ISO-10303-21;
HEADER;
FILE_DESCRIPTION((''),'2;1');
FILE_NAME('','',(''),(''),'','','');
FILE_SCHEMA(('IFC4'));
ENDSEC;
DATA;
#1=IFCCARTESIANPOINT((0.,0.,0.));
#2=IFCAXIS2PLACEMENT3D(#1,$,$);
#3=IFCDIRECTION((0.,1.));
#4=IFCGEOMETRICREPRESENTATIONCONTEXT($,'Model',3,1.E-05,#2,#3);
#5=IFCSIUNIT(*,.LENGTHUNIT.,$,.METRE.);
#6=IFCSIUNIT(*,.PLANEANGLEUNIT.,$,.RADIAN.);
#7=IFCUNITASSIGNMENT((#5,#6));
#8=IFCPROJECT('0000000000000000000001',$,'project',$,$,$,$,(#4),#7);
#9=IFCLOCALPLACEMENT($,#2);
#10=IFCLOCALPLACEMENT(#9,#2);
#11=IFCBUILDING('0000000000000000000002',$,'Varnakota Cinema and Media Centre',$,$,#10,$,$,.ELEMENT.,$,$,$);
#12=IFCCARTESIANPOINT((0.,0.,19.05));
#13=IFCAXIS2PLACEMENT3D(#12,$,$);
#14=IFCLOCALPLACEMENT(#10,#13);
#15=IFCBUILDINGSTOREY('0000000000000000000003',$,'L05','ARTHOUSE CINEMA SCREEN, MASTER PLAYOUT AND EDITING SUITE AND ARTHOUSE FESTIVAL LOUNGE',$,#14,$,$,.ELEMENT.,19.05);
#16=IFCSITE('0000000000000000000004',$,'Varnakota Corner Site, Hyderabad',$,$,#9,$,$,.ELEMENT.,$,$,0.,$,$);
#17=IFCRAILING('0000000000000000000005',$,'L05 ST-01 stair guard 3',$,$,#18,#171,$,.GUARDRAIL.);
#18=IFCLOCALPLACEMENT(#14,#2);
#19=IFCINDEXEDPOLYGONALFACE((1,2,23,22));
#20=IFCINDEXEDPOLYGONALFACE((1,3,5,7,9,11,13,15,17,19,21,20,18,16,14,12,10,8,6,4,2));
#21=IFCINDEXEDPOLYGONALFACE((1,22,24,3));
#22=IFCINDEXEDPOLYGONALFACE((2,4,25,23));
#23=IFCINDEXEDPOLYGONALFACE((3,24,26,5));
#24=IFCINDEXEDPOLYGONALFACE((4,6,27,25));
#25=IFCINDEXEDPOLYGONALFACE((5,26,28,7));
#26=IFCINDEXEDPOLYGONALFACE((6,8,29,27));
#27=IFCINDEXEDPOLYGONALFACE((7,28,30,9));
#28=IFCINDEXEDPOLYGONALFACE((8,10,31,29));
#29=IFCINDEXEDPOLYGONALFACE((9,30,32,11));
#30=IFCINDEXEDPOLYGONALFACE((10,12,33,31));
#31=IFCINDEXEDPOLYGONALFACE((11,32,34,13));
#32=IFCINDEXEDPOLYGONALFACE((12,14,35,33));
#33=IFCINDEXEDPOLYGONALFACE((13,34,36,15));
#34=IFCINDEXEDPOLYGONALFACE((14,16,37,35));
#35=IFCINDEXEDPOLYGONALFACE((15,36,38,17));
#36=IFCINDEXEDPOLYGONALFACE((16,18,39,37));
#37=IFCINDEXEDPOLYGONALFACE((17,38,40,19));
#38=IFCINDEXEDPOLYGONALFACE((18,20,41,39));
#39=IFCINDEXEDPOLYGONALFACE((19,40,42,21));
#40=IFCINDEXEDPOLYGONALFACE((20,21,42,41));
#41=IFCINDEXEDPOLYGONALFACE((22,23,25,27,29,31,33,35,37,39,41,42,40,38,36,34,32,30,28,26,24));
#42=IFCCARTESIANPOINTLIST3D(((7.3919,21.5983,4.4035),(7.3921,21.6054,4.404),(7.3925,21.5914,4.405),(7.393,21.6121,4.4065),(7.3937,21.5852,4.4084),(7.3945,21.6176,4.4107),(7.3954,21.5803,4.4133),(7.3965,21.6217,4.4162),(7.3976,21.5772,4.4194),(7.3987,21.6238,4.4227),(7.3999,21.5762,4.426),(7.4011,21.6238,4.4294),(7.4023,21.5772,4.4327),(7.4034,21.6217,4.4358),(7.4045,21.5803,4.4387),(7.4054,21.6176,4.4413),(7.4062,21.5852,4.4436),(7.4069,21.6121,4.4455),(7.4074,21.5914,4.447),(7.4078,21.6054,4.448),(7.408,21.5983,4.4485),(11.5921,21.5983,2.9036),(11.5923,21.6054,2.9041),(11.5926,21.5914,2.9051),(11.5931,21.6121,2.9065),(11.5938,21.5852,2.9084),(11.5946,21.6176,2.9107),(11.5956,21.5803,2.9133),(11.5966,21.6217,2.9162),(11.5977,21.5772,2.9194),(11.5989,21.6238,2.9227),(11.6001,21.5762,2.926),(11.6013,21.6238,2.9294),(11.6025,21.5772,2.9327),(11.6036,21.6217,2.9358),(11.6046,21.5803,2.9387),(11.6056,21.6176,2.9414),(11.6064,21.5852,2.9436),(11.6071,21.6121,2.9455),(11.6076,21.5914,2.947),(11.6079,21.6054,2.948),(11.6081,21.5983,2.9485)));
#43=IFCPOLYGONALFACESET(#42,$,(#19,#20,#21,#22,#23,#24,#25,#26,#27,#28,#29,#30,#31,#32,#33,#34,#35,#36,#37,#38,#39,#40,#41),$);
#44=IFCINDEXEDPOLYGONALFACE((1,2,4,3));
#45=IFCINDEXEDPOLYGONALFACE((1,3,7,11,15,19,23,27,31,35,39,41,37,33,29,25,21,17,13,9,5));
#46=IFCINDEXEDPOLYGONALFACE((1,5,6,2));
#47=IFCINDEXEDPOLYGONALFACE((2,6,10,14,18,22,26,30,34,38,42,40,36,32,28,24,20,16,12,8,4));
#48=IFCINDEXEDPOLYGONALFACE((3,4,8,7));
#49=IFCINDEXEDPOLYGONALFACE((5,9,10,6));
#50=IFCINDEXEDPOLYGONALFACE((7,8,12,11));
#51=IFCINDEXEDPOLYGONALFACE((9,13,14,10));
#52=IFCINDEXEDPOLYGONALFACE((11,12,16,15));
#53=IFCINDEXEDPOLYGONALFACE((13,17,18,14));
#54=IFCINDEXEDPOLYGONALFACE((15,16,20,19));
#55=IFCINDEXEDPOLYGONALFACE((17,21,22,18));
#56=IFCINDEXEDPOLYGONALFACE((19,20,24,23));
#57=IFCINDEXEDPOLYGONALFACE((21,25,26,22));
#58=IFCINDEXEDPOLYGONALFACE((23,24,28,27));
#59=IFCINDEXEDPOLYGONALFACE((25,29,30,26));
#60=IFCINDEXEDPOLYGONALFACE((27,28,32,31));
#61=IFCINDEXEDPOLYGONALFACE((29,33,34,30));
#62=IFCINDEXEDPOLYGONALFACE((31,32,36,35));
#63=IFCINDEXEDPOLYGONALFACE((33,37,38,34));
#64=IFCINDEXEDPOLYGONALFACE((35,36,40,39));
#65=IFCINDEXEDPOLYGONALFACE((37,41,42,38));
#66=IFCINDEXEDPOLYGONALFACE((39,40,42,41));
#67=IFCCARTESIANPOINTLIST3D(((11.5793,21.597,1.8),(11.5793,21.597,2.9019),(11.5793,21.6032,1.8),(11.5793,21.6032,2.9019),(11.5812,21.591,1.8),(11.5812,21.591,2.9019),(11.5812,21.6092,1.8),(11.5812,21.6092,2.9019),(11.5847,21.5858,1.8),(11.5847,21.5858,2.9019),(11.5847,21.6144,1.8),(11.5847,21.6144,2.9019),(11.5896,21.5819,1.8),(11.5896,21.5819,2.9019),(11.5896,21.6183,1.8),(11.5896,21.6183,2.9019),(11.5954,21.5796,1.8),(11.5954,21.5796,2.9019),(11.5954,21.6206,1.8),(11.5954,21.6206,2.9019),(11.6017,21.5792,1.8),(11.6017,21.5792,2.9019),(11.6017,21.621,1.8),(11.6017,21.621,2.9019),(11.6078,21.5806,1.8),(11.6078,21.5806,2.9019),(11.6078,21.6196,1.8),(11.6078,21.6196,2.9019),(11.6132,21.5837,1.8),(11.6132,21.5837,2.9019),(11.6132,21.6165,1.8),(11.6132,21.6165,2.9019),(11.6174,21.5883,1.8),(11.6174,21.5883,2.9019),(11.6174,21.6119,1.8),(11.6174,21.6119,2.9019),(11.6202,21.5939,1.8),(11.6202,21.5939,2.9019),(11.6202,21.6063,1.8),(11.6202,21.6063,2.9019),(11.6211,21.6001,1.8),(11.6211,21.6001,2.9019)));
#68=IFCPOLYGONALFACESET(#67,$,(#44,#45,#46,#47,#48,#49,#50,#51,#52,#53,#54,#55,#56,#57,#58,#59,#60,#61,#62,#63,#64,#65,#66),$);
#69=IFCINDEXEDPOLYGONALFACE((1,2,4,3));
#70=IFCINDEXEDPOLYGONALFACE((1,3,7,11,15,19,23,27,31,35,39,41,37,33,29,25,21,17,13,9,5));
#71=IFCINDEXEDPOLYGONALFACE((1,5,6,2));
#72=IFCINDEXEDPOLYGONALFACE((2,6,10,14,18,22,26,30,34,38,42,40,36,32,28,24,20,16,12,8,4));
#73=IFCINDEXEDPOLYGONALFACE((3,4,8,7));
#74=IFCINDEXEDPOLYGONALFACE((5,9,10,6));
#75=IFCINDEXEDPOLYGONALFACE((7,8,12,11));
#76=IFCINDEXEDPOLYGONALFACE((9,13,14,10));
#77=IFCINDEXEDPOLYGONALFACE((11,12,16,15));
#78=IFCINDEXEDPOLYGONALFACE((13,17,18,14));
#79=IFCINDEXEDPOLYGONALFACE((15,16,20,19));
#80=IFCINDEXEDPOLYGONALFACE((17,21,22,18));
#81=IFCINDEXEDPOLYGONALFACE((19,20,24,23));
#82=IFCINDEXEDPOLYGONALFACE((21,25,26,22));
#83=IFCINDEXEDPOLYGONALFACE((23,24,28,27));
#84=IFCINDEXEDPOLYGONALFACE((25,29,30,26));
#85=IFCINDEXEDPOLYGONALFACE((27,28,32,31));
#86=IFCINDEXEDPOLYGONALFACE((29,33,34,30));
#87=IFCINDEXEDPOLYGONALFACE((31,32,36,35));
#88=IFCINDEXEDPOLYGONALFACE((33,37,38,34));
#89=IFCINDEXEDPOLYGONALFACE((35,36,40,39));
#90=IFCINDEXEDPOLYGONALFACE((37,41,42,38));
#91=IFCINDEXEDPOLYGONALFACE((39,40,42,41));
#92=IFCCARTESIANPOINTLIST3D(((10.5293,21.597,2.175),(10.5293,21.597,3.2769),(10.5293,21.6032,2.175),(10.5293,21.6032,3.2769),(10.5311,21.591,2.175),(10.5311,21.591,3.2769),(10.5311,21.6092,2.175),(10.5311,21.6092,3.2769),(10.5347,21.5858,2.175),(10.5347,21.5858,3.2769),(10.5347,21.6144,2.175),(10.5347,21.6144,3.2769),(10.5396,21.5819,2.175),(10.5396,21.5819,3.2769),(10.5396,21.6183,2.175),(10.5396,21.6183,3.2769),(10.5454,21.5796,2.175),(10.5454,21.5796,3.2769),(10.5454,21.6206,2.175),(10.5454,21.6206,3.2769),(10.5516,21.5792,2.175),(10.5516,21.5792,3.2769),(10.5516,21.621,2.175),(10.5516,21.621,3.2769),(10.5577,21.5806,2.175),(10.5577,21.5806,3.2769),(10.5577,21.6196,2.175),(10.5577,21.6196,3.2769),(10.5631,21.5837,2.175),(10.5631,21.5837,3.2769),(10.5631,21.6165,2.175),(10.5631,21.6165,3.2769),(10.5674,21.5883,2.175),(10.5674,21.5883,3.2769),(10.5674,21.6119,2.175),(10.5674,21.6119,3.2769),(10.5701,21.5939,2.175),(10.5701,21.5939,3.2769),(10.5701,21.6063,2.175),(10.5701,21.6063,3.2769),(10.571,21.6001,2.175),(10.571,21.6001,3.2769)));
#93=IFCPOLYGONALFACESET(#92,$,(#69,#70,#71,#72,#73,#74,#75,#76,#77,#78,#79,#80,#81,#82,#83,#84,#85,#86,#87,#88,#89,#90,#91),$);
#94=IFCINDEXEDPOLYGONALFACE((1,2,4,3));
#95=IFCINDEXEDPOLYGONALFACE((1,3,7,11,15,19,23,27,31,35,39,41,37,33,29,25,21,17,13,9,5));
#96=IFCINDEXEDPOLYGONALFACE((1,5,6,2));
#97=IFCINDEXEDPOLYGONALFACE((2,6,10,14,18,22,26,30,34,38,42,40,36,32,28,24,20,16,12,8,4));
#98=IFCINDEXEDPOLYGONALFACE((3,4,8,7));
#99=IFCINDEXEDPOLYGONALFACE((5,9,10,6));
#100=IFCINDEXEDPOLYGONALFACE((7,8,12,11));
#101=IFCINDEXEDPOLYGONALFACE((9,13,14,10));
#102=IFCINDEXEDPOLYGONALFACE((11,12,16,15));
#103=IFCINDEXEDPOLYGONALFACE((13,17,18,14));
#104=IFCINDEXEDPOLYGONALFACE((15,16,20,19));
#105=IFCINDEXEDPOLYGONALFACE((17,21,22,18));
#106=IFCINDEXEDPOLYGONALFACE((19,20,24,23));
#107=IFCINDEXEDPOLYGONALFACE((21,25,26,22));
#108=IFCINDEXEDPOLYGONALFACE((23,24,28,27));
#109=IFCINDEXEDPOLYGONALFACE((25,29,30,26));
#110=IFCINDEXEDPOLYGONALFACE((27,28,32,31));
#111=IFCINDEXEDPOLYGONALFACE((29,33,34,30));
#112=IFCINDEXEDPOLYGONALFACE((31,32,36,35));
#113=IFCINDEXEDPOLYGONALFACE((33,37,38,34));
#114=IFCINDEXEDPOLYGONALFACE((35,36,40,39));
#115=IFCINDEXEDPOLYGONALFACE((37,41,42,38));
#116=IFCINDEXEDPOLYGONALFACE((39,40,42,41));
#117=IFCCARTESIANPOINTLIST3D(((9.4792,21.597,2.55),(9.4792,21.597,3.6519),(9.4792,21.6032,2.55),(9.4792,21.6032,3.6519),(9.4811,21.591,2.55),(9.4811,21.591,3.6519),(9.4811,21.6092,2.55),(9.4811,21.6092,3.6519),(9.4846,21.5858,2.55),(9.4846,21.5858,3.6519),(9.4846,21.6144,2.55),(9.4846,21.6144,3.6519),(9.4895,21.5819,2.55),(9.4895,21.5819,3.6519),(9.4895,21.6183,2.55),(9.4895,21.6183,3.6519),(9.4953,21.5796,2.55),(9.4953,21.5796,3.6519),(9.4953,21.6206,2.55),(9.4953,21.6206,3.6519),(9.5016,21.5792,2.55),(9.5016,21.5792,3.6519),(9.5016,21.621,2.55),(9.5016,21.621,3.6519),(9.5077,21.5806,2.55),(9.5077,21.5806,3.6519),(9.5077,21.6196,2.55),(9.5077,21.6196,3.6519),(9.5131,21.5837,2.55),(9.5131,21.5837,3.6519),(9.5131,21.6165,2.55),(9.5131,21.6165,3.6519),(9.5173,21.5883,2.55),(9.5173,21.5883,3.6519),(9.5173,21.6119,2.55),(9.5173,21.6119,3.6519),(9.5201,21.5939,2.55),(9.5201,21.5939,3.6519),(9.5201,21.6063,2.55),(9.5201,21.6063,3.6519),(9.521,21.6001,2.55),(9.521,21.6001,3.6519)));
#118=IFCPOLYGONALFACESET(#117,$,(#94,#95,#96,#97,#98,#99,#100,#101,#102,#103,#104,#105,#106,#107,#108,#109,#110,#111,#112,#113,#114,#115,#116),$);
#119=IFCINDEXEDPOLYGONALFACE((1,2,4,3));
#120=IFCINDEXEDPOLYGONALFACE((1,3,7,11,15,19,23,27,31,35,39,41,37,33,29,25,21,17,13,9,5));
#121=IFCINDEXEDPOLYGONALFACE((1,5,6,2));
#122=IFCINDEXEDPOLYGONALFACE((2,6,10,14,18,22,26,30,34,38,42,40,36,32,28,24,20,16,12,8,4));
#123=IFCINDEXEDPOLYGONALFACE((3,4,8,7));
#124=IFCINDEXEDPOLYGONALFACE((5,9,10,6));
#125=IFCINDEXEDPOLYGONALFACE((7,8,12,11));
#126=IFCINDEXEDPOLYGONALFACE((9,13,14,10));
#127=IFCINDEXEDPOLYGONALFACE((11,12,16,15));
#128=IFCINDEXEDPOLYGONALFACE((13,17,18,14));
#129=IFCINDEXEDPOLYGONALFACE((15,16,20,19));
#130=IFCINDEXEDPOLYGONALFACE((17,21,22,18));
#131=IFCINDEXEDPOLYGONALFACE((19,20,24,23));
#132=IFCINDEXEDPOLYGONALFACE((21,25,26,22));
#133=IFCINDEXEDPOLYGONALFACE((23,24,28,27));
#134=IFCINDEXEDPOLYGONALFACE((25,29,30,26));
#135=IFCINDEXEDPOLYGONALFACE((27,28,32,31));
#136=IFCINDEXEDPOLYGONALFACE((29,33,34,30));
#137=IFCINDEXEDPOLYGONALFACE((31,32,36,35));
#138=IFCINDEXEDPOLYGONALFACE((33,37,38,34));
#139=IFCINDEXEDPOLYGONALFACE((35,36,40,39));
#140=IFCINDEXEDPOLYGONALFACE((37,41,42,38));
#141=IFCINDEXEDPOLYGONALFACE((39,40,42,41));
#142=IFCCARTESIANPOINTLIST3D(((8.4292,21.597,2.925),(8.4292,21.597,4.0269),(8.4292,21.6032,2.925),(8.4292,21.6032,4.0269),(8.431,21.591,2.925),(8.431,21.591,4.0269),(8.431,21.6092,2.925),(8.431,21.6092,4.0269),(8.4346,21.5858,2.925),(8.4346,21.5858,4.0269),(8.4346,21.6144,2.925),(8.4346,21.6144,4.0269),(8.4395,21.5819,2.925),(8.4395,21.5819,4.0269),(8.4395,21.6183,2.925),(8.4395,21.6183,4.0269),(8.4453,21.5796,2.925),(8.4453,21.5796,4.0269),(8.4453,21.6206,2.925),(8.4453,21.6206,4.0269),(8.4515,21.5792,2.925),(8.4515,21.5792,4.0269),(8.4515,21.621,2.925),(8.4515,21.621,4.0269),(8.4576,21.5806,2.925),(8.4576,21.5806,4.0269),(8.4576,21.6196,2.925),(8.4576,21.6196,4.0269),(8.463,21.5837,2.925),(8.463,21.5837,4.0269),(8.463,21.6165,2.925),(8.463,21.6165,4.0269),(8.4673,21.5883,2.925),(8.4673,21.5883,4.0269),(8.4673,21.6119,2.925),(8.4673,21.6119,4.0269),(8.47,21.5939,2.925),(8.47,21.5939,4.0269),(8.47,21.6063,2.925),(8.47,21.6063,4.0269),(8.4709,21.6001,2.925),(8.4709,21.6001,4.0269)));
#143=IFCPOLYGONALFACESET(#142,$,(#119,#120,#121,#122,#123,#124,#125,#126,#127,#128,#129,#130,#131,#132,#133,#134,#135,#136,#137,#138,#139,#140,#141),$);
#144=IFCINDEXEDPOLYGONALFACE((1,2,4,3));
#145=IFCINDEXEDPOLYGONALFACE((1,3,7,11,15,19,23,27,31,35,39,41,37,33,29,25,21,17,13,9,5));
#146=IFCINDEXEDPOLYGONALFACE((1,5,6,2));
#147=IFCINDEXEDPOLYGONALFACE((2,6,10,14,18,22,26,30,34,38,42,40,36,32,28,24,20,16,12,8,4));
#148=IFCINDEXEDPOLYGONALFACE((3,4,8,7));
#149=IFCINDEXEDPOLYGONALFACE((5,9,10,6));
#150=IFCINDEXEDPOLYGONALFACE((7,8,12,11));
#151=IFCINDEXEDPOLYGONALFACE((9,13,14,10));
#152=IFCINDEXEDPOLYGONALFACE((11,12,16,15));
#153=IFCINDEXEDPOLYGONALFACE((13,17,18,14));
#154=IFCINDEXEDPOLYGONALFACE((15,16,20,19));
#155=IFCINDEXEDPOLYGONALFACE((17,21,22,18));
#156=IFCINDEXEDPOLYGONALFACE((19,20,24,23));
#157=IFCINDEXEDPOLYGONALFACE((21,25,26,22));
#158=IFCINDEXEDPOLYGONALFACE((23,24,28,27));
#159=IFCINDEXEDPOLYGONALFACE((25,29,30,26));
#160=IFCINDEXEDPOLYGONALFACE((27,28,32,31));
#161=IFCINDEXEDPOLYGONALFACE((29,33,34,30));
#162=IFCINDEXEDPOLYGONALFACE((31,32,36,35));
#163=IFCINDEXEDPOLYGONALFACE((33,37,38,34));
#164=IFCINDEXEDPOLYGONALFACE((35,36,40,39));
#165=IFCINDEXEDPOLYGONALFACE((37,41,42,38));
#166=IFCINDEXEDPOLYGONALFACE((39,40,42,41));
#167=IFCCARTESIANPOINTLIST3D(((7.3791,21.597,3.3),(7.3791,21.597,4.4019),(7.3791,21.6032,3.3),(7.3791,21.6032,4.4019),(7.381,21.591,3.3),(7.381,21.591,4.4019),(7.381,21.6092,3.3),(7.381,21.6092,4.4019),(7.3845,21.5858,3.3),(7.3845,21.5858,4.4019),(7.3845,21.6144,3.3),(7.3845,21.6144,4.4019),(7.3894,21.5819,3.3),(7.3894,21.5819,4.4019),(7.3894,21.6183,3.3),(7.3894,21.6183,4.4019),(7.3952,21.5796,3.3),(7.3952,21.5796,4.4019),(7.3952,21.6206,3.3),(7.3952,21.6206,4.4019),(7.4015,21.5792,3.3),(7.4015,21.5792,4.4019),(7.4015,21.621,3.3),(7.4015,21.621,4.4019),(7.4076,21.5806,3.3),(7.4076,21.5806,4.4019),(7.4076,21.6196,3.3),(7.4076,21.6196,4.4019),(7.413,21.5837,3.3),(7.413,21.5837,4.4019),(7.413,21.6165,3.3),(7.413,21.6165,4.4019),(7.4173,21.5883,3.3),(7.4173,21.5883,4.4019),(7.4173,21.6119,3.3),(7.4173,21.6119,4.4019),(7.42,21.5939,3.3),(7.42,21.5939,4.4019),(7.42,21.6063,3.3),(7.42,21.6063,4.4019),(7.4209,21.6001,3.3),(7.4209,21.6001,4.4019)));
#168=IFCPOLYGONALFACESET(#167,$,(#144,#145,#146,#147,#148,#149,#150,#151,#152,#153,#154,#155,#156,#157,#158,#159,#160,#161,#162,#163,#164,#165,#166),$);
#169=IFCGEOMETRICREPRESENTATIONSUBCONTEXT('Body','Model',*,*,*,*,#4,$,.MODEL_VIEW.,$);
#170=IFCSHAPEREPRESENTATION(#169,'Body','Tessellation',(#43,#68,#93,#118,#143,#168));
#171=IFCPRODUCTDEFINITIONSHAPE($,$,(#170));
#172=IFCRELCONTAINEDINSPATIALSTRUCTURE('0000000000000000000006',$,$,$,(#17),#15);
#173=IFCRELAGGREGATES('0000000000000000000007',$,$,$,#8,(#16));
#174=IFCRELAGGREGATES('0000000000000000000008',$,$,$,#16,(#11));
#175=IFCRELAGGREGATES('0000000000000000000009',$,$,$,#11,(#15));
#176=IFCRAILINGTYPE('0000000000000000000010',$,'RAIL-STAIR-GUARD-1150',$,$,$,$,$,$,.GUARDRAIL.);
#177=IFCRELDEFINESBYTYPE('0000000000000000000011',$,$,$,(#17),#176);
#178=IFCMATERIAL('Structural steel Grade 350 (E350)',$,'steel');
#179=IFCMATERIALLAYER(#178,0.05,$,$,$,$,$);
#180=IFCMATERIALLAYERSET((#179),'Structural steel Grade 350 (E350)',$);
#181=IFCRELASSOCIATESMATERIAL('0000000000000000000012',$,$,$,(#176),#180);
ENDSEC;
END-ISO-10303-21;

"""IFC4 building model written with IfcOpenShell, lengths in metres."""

from ifc_helpers import new_model, si_unit, direction, frame, origin, origin_2d, place, context, subcontext, project, spatial, circle, extrude, material, layer, layer_set, type_object, element, save


model = new_model("IFC4")

# Units and contexts
model_context = context("Model", 3, precision=1e-05, world=origin(), true_north=direction((0.0, 1.0)))
body_context = subcontext(model_context, "Body", "Model", "MODEL_VIEW")
ifc_project = project(units=[si_unit("LENGTHUNIT", "METRE"), si_unit("PLANEANGLEUNIT", "RADIAN")], contexts=[model_context])

# Site, building, storey
site_placement = place(None, origin())
site = spatial("IfcSite", under=ifc_project, at=site_placement, Name="Varnakota Corner Site, Hyderabad", CompositionType="ELEMENT", RefElevation=0.0)
building_placement = place(site_placement, origin())
building = spatial("IfcBuilding", under=site, at=building_placement, Name="Varnakota Cinema and Media Centre", CompositionType="ELEMENT")
storey_placement = place(building_placement, frame((0.0, 0.0, 19.05)))
storey = spatial("IfcBuildingStorey", under=building, at=storey_placement, Name="L05", Description="ARTHOUSE CINEMA SCREEN, MASTER PLAYOUT AND EDITING SUITE AND ARTHOUSE FESTIVAL LOUNGE", CompositionType="ELEMENT", Elevation=19.05)

# Railing
ifc_material_1 = material(Name="Structural steel Grade 350 (E350)", Category="steel")
ifc_layer_1 = layer(ifc_material_1, 0.05)
ifc_layer_set_1 = layer_set([ifc_layer_1], Name="Structural steel Grade 350 (E350)")
railing_type_1 = type_object("IfcRailingType", Name="RAIL-STAIR-GUARD-1150", PredefinedType="GUARDRAIL", material=ifc_layer_set_1)
railing_1_placement = place(storey_placement, frame((11.6001, 21.6001, 1.8)))
element("IfcRailing", 1, at=railing_1_placement, inside=storey, type_object=railing_type_1, Name="L05 ST-01 stair guard 3", PredefinedType="GUARDRAIL", context=body_context, shape_type="SweptSolid", body=[
    extrude(circle(Radius=0.0239, at=origin_2d()), frame((0.0, 0.0, 1.126), z_axis=(-0.941747, 0.0, 0.336323), x_axis=(0.0, -1.0, 0.0)), (0.0, 0.0, 1.0), 4.46),
    extrude(circle(Radius=0.021, at=origin_2d()), origin(), (0.0, 0.0, 1.0), 1.1018),
    extrude(circle(Radius=0.021, at=origin_2d()), frame((-1.05, 0.0, 0.375)), (0.0, 0.0, 1.0), 1.1018),
    extrude(circle(Radius=0.021, at=origin_2d()), frame((-2.1001, 0.0, 0.75)), (0.0, 0.0, 1.0), 1.1018),
    extrude(circle(Radius=0.021, at=origin_2d()), frame((-3.1501, 0.0, 1.125)), (0.0, 0.0, 1.0), 1.1018),
    extrude(circle(Radius=0.021, at=origin_2d()), frame((-4.2002, 0.0, 1.5)), (0.0, 0.0, 1.0), 1.1018),
])

save(model, "model.ifc")
